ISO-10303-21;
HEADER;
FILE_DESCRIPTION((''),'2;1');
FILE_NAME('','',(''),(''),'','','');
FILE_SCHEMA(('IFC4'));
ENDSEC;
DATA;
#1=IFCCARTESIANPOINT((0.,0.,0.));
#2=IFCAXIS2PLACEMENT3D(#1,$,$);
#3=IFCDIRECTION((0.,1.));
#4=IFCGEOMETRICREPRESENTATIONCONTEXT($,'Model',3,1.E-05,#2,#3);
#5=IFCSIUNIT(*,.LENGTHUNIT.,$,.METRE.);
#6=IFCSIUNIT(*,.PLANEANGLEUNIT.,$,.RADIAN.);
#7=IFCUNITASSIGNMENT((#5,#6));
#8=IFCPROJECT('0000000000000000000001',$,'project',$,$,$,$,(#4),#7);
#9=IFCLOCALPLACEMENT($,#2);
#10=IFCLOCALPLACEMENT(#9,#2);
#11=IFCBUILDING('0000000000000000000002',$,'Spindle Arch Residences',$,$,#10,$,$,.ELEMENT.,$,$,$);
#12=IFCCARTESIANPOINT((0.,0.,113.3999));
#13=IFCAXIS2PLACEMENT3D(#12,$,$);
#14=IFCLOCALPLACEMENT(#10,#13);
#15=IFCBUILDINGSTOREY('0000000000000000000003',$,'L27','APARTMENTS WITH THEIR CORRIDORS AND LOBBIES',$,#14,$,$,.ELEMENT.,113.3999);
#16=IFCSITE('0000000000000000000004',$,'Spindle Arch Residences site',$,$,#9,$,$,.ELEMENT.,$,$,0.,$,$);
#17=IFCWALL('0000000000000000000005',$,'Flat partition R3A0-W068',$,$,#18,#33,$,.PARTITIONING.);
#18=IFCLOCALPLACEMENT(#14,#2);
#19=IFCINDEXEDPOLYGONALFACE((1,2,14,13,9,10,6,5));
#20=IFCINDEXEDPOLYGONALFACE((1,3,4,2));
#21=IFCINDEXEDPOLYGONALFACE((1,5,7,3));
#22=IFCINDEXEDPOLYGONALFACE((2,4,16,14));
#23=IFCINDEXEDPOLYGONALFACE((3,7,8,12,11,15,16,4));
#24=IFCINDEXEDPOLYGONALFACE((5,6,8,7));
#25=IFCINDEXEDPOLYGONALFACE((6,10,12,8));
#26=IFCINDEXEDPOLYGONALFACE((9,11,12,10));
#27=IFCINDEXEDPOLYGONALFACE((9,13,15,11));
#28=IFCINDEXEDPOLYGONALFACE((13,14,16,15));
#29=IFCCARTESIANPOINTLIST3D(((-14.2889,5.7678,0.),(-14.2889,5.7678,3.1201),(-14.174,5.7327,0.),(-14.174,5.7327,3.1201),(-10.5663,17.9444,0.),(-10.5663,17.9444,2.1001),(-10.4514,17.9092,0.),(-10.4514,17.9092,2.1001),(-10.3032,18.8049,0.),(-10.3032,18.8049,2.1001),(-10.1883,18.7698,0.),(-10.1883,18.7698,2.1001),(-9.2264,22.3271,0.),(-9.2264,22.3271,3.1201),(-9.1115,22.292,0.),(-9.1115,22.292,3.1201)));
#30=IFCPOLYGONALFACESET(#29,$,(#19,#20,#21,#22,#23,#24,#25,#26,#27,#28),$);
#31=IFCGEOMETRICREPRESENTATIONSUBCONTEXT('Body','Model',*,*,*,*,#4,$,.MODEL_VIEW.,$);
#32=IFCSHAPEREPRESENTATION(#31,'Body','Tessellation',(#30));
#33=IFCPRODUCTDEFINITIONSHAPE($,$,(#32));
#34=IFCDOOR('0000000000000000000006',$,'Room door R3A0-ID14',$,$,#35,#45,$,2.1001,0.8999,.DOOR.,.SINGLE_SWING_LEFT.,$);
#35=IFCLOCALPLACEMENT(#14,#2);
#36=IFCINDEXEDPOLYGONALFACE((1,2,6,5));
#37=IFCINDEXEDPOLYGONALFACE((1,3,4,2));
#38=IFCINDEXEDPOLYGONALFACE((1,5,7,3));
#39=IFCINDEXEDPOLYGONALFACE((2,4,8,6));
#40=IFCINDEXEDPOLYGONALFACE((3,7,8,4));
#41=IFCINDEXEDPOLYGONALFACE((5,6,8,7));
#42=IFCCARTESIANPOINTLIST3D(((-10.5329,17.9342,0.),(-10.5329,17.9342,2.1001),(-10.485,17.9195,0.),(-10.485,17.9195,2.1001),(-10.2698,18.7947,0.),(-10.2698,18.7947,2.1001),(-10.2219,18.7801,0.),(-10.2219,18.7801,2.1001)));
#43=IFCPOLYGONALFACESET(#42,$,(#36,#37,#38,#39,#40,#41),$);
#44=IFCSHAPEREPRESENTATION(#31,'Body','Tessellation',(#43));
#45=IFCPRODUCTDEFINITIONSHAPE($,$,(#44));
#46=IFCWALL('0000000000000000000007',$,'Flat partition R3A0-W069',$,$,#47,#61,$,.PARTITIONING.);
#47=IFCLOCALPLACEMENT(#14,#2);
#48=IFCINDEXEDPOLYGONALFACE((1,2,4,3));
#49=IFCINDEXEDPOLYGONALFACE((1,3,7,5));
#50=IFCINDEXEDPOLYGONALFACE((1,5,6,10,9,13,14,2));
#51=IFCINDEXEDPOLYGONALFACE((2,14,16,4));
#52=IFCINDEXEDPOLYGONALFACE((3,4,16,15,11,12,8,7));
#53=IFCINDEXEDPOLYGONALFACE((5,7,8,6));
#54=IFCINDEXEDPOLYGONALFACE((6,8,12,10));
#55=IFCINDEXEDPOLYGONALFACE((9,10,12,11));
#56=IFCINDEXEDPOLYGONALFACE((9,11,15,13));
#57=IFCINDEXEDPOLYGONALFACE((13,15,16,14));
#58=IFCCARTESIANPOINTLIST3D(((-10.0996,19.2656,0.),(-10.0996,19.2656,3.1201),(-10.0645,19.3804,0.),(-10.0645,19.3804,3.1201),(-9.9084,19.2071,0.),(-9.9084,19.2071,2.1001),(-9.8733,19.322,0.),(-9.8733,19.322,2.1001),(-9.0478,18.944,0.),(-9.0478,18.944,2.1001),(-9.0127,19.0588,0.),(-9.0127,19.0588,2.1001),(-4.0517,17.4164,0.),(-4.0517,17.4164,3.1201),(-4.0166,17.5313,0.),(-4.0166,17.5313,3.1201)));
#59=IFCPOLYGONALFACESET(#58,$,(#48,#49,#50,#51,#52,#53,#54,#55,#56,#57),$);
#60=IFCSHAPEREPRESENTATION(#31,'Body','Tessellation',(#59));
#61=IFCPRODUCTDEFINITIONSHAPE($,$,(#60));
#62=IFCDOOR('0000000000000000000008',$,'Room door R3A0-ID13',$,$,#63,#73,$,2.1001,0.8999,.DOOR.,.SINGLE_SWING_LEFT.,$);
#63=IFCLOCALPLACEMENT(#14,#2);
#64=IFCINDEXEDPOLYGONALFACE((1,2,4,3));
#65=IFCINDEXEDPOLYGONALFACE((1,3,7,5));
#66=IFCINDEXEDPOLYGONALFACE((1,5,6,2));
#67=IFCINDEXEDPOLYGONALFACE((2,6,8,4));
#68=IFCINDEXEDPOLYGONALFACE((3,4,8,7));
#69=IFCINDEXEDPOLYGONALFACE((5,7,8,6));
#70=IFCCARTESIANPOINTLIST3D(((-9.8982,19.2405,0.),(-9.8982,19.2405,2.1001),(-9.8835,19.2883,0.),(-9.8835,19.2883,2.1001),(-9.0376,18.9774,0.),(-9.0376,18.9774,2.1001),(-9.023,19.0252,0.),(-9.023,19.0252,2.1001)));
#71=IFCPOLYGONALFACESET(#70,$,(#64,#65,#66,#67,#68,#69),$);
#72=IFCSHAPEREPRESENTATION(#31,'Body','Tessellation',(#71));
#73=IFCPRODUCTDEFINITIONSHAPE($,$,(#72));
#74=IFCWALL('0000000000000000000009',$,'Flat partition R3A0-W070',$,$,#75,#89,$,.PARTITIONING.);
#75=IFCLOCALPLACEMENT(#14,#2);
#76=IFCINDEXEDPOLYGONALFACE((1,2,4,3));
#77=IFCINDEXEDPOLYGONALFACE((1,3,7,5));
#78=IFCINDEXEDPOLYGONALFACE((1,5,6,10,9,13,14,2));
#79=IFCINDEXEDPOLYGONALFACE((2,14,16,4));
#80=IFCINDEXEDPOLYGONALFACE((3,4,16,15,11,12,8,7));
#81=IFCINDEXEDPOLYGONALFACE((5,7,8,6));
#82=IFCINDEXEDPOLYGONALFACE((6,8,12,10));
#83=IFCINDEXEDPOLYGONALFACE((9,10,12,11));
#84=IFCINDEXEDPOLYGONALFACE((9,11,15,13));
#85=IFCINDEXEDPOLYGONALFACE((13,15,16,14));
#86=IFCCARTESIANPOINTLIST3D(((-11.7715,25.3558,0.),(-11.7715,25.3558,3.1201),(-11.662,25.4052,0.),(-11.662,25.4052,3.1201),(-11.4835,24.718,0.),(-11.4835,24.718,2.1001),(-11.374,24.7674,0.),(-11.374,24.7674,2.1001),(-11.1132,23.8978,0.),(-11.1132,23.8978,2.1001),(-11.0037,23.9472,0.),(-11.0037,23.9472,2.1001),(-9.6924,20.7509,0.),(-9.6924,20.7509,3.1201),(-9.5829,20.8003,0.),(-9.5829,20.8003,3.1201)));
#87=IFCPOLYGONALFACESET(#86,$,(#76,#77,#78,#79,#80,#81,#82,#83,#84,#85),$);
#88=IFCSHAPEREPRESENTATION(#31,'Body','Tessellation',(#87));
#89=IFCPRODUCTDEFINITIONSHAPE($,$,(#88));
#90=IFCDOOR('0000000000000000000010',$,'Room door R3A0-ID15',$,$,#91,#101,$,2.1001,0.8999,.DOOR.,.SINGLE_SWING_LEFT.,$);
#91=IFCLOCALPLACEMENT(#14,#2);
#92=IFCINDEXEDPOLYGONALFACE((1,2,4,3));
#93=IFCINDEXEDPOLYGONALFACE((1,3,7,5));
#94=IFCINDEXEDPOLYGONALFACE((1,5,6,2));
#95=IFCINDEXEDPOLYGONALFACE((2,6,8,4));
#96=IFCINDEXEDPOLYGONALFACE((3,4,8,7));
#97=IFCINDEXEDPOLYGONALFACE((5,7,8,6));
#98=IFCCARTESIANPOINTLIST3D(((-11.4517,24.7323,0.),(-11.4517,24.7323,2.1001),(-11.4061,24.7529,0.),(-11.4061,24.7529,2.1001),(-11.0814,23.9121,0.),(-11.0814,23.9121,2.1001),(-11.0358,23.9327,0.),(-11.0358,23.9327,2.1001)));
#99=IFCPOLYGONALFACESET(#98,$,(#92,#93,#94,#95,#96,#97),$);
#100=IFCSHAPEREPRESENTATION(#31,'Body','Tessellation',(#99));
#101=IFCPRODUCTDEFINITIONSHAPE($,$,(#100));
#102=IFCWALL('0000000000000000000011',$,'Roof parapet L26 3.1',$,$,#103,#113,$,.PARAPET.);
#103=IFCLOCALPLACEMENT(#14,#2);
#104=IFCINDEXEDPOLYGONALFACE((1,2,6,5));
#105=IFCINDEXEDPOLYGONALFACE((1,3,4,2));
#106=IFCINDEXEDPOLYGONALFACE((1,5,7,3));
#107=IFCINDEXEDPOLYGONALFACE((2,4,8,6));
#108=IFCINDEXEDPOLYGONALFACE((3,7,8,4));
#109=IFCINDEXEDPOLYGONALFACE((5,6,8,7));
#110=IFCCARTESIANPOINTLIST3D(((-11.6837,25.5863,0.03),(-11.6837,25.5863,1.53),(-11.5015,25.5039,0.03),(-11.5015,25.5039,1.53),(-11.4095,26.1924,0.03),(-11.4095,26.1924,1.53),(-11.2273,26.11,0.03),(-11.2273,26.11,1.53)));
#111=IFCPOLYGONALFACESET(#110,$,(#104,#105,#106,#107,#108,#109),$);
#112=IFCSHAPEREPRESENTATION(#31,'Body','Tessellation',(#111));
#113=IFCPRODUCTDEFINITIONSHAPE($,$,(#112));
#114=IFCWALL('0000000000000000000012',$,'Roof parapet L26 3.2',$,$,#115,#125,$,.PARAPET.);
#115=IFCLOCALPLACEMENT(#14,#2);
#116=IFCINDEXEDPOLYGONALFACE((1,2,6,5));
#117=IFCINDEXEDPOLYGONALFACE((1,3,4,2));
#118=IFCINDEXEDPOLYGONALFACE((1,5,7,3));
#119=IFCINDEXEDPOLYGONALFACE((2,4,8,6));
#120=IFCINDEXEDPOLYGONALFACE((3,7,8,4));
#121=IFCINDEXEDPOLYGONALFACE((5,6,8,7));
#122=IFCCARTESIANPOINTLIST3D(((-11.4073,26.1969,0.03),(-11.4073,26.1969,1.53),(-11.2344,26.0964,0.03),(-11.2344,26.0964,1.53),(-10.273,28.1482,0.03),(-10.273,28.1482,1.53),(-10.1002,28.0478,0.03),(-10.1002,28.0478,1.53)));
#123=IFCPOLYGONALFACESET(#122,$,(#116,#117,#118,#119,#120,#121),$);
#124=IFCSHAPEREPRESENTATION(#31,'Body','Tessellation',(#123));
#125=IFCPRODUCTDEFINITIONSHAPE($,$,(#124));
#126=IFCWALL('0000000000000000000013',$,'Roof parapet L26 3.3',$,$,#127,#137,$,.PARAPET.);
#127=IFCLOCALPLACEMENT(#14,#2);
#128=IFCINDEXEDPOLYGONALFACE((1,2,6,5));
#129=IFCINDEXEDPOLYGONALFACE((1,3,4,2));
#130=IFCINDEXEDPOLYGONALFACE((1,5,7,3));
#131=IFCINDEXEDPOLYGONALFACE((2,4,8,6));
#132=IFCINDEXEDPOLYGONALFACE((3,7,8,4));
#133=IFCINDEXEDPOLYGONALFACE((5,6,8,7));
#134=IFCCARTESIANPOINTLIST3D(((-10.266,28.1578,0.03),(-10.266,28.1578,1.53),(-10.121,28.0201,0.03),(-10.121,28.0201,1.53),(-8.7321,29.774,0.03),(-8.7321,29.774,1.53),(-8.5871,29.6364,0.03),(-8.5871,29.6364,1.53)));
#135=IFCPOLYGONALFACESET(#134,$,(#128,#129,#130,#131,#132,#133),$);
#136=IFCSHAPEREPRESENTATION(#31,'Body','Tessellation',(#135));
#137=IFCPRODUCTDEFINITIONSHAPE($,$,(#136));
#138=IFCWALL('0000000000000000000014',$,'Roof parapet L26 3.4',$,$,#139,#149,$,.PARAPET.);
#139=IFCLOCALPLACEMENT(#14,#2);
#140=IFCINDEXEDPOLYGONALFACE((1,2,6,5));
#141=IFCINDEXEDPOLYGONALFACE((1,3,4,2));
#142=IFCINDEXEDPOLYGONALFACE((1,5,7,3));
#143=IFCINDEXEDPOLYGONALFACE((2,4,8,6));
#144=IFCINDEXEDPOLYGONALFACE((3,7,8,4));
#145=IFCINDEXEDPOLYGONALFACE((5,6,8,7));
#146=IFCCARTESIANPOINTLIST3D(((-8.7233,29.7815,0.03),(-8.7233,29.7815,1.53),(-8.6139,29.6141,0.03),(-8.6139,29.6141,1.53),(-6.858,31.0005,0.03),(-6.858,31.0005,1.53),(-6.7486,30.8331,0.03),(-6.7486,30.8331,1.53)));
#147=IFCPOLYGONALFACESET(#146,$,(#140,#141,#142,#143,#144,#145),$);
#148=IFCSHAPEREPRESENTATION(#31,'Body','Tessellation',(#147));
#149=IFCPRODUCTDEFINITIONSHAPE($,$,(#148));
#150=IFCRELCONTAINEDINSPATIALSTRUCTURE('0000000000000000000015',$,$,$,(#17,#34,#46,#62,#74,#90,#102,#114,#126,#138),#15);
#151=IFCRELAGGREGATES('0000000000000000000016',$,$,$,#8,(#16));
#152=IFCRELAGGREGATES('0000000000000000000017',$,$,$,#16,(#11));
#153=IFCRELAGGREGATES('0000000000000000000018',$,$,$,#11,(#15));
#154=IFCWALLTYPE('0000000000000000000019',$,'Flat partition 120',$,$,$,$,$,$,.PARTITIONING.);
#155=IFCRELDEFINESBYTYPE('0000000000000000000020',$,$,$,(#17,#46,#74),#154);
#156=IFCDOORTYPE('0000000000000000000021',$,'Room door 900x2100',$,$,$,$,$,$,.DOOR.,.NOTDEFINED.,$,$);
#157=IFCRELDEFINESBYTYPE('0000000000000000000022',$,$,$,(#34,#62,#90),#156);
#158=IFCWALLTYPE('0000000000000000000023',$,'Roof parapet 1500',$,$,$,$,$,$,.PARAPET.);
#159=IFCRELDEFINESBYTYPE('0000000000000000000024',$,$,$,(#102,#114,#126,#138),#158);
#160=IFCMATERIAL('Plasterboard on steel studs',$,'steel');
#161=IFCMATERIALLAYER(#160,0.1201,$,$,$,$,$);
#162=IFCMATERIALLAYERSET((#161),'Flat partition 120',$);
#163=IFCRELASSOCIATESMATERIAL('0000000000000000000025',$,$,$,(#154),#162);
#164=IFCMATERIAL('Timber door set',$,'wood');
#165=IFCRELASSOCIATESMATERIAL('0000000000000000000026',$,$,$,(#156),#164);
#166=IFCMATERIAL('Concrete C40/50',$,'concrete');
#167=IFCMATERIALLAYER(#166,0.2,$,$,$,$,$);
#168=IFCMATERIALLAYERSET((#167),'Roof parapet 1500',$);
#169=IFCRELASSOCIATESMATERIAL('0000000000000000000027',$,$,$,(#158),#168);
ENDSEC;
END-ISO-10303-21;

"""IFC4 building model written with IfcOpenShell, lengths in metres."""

from ifc_helpers import new_model, si_unit, direction, frame, frame_2d, origin, place, context, subcontext, project, spatial, rectangle, extrude, material, layer, layer_set, type_object, element, fill, save


model = new_model("IFC4")

# Units and contexts
model_context = context("Model", 3, precision=1e-05, world=origin(), true_north=direction((0.0, 1.0)))
body_context = subcontext(model_context, "Body", "Model", "MODEL_VIEW")
ifc_project = project(units=[si_unit("LENGTHUNIT", "METRE"), si_unit("PLANEANGLEUNIT", "RADIAN")], contexts=[model_context])

# Site, building, storey
site_placement = place(None, origin())
site = spatial("IfcSite", under=ifc_project, at=site_placement, Name="Spindle Arch Residences site", CompositionType="ELEMENT", RefElevation=0.0)
building_placement = place(site_placement, origin())
building = spatial("IfcBuilding", under=site, at=building_placement, Name="Spindle Arch Residences", CompositionType="ELEMENT")
storey_placement = place(building_placement, frame((0.0, 0.0, 113.3999)))
storey = spatial("IfcBuildingStorey", under=building, at=storey_placement, Name="L27", Description="APARTMENTS WITH THEIR CORRIDORS AND LOBBIES", CompositionType="ELEMENT", Elevation=113.3999)

# Shared definitions
ifc_material_1 = material(Name="Plasterboard on steel studs", Category="steel")
ifc_layer_1 = layer(ifc_material_1, 0.1201)
ifc_layer_set_1 = layer_set([ifc_layer_1], Name="Flat partition 120")
wall_type_1 = type_object("IfcWallType", Name="Flat partition 120", PredefinedType="PARTITIONING", material=ifc_layer_set_1)

# Walls, openings, doors
wall_1_placement = place(storey_placement, frame((-9.1689, 22.3096, 0.0), z_axis=(0.0, 0.0, 1.0), x_axis=(-0.292361, -0.956308, 0.0)))
wall_1 = element("IfcWall", 1, at=wall_1_placement, inside=storey, type_object=wall_type_1, Name="Flat partition R3A0-W068", PredefinedType="PARTITIONING", context=body_context, shape_type="SweptSolid", body=[
    extrude(rectangle(XDim=17.3159, YDim=0.1201, at=frame_2d((8.658, 0.0))), origin(), (0.0, 0.0, 1.0), 3.1201),
])
opening_1_placement = place(wall_1_placement, frame((3.6831, 0.0, 0.0)))
opening_1 = element("IfcOpeningElement", 2, at=opening_1_placement, cuts=wall_1, PredefinedType="OPENING", context=body_context, shape_type="SweptSolid", body=[
    extrude(rectangle(XDim=0.8999, YDim=2.1001, at=frame_2d((0.45, 1.05))), frame((0.0, 0.0701, 0.0), z_axis=(0.0, -1.0, 0.0), x_axis=(1.0, 0.0, 0.0)), (0.0, 0.0, 1.0), 0.1401),
])
ifc_material_2 = material(Name="Timber door set", Category="wood")
door_type = type_object("IfcDoorType", Name="Room door 900x2100", OperationType="NOTDEFINED", PredefinedType="DOOR", material=ifc_material_2)
door_1_placement = place(opening_1_placement, origin())
door_1 = element("IfcDoor", 3, at=door_1_placement, inside=storey, type_object=door_type, Name="Room door R3A0-ID14", OperationType="SINGLE_SWING_LEFT", OverallHeight=2.1001, OverallWidth=0.8999, PredefinedType="DOOR", context=body_context, shape_type="SweptSolid", body=[
    extrude(rectangle(XDim=0.8999, YDim=2.1001, at=frame_2d((0.45, 1.05))), frame((0.0, 0.0249, 0.0), z_axis=(0.0, -1.0, 0.0), x_axis=(1.0, 0.0, 0.0)), (0.0, 0.0, 1.0), 0.05),
])
fill(opening_1, door_1)
wall_2_placement = place(storey_placement, frame((-10.082, 19.323, 0.0), z_axis=(0.0, 0.0, 1.0), x_axis=(0.9563, -0.292387, 0.0)))
wall_2 = element("IfcWall", 4, at=wall_2_placement, inside=storey, type_object=wall_type_1, Name="Flat partition R3A0-W069", PredefinedType="PARTITIONING", context=body_context, shape_type="SweptSolid", body=[
    extrude(rectangle(XDim=6.3242, YDim=0.1201, at=frame_2d((3.1621, 0.0))), origin(), (0.0, 0.0, 1.0), 3.1201),
])
opening_2_placement = place(wall_2_placement, frame((0.2, 0.0, 0.0)))
opening_2 = element("IfcOpeningElement", 5, at=opening_2_placement, cuts=wall_2, PredefinedType="OPENING", context=body_context, shape_type="SweptSolid", body=[
    extrude(rectangle(XDim=0.8999, YDim=2.1001, at=frame_2d((0.45, 1.05))), frame((0.0, 0.0701, 0.0), z_axis=(0.0, -1.0, 0.0), x_axis=(1.0, 0.0, 0.0)), (0.0, 0.0, 1.0), 0.1401),
])
door_2_placement = place(opening_2_placement, origin())
door_2 = element("IfcDoor", 6, at=door_2_placement, inside=storey, type_object=door_type, Name="Room door R3A0-ID13", OperationType="SINGLE_SWING_LEFT", OverallHeight=2.1001, OverallWidth=0.8999, PredefinedType="DOOR", context=body_context, shape_type="SweptSolid", body=[
    extrude(rectangle(XDim=0.8999, YDim=2.1001, at=frame_2d((0.45, 1.05))), frame((0.0, 0.0249, 0.0), z_axis=(0.0, -1.0, 0.0), x_axis=(1.0, 0.0, 0.0)), (0.0, 0.0, 1.0), 0.05),
])
fill(opening_2, door_2)
wall_3_placement = place(storey_placement, frame((-11.7168, 25.3806, 0.0), z_axis=(0.0, 0.0, 1.0), x_axis=(0.411494, -0.911413, 0.0)))
wall_3 = element("IfcWall", 7, at=wall_3_placement, inside=storey, type_object=wall_type_1, Name="Flat partition R3A0-W070", PredefinedType="PARTITIONING", context=body_context, shape_type="SweptSolid", body=[
    extrude(rectangle(XDim=5.0525, YDim=0.1201, at=frame_2d((2.5264, 0.0))), origin(), (0.0, 0.0, 1.0), 3.1201),
])
opening_3_placement = place(wall_3_placement, frame((0.7, 0.0, 0.0)))
opening_3 = element("IfcOpeningElement", 8, at=opening_3_placement, cuts=wall_3, PredefinedType="OPENING", context=body_context, shape_type="SweptSolid", body=[
    extrude(rectangle(XDim=0.8999, YDim=2.1001, at=frame_2d((0.45, 1.05))), frame((0.0, 0.0701, 0.0), z_axis=(0.0, -1.0, 0.0), x_axis=(1.0, 0.0, 0.0)), (0.0, 0.0, 1.0), 0.1401),
])
door_3_placement = place(opening_3_placement, origin())
door_3 = element("IfcDoor", 9, at=door_3_placement, inside=storey, type_object=door_type, Name="Room door R3A0-ID15", OperationType="SINGLE_SWING_LEFT", OverallHeight=2.1001, OverallWidth=0.8999, PredefinedType="DOOR", context=body_context, shape_type="SweptSolid", body=[
    extrude(rectangle(XDim=0.8999, YDim=2.1001, at=frame_2d((0.45, 1.05))), frame((0.0, 0.0249, 0.0), z_axis=(0.0, -1.0, 0.0), x_axis=(1.0, 0.0, 0.0)), (0.0, 0.0, 1.0), 0.05),
])
fill(opening_3, door_3)

# Walls
ifc_material_3 = material(Name="Concrete C40/50", Category="concrete")
ifc_layer_2 = layer(ifc_material_3, 0.2)
ifc_layer_set_2 = layer_set([ifc_layer_2], Name="Roof parapet 1500")
wall_type_2 = type_object("IfcWallType", Name="Roof parapet 1500", PredefinedType="PARAPET", material=ifc_layer_set_2)
wall_4_placement = place(storey_placement, frame((-11.5925, 25.5452, 0.03), z_axis=(0.0, 0.0, 1.0), x_axis=(0.412088, 0.911144, 0.0)))
element("IfcWall", 10, at=wall_4_placement, inside=storey, type_object=wall_type_2, Name="Roof parapet L26 3.1", PredefinedType="PARAPET", context=body_context, shape_type="SweptSolid", body=[
    extrude(rectangle(XDim=0.6653, YDim=0.2, at=frame_2d((0.3325, 0.0))), origin(), (0.0, 0.0, 1.0), 1.5),
])
wall_5_placement = place(storey_placement, frame((-11.3208, 26.1467, 0.03), z_axis=(0.0, 0.0, 1.0), x_axis=(0.502532, 0.864559, 0.0)))
element("IfcWall", 11, at=wall_5_placement, inside=storey, type_object=wall_type_2, Name="Roof parapet L26 3.2", PredefinedType="PARAPET", context=body_context, shape_type="SweptSolid", body=[
    extrude(rectangle(XDim=2.2571, YDim=0.2, at=frame_2d((1.1284, 0.0))), origin(), (0.0, 0.0, 1.0), 1.5),
])
for number, where, z_axis, x_axis, name in (
    (12, (-10.1936, 28.0889, 0.03), (0.0, 0.0, 1.0), (0.688404, 0.725328, 0.0), "Roof parapet L26 3.3"),
    (13, (-8.6687, 29.6978, 0.03), (0.0, 0.0, 1.0), (0.837089, 0.547066, 0.0), "Roof parapet L26 3.4"),
):
    element("IfcWall", number, at=place(storey_placement, frame(where, z_axis=z_axis, x_axis=x_axis)), inside=storey, type_object=wall_type_2, Name=name, PredefinedType="PARAPET", context=body_context, shape_type="SweptSolid", body=[
        extrude(rectangle(XDim=2.2283, YDim=0.2, at=frame_2d((1.1143, 0.0))), origin(), (0.0, 0.0, 1.0), 1.5),
    ])

save(model, "model.ifc")
